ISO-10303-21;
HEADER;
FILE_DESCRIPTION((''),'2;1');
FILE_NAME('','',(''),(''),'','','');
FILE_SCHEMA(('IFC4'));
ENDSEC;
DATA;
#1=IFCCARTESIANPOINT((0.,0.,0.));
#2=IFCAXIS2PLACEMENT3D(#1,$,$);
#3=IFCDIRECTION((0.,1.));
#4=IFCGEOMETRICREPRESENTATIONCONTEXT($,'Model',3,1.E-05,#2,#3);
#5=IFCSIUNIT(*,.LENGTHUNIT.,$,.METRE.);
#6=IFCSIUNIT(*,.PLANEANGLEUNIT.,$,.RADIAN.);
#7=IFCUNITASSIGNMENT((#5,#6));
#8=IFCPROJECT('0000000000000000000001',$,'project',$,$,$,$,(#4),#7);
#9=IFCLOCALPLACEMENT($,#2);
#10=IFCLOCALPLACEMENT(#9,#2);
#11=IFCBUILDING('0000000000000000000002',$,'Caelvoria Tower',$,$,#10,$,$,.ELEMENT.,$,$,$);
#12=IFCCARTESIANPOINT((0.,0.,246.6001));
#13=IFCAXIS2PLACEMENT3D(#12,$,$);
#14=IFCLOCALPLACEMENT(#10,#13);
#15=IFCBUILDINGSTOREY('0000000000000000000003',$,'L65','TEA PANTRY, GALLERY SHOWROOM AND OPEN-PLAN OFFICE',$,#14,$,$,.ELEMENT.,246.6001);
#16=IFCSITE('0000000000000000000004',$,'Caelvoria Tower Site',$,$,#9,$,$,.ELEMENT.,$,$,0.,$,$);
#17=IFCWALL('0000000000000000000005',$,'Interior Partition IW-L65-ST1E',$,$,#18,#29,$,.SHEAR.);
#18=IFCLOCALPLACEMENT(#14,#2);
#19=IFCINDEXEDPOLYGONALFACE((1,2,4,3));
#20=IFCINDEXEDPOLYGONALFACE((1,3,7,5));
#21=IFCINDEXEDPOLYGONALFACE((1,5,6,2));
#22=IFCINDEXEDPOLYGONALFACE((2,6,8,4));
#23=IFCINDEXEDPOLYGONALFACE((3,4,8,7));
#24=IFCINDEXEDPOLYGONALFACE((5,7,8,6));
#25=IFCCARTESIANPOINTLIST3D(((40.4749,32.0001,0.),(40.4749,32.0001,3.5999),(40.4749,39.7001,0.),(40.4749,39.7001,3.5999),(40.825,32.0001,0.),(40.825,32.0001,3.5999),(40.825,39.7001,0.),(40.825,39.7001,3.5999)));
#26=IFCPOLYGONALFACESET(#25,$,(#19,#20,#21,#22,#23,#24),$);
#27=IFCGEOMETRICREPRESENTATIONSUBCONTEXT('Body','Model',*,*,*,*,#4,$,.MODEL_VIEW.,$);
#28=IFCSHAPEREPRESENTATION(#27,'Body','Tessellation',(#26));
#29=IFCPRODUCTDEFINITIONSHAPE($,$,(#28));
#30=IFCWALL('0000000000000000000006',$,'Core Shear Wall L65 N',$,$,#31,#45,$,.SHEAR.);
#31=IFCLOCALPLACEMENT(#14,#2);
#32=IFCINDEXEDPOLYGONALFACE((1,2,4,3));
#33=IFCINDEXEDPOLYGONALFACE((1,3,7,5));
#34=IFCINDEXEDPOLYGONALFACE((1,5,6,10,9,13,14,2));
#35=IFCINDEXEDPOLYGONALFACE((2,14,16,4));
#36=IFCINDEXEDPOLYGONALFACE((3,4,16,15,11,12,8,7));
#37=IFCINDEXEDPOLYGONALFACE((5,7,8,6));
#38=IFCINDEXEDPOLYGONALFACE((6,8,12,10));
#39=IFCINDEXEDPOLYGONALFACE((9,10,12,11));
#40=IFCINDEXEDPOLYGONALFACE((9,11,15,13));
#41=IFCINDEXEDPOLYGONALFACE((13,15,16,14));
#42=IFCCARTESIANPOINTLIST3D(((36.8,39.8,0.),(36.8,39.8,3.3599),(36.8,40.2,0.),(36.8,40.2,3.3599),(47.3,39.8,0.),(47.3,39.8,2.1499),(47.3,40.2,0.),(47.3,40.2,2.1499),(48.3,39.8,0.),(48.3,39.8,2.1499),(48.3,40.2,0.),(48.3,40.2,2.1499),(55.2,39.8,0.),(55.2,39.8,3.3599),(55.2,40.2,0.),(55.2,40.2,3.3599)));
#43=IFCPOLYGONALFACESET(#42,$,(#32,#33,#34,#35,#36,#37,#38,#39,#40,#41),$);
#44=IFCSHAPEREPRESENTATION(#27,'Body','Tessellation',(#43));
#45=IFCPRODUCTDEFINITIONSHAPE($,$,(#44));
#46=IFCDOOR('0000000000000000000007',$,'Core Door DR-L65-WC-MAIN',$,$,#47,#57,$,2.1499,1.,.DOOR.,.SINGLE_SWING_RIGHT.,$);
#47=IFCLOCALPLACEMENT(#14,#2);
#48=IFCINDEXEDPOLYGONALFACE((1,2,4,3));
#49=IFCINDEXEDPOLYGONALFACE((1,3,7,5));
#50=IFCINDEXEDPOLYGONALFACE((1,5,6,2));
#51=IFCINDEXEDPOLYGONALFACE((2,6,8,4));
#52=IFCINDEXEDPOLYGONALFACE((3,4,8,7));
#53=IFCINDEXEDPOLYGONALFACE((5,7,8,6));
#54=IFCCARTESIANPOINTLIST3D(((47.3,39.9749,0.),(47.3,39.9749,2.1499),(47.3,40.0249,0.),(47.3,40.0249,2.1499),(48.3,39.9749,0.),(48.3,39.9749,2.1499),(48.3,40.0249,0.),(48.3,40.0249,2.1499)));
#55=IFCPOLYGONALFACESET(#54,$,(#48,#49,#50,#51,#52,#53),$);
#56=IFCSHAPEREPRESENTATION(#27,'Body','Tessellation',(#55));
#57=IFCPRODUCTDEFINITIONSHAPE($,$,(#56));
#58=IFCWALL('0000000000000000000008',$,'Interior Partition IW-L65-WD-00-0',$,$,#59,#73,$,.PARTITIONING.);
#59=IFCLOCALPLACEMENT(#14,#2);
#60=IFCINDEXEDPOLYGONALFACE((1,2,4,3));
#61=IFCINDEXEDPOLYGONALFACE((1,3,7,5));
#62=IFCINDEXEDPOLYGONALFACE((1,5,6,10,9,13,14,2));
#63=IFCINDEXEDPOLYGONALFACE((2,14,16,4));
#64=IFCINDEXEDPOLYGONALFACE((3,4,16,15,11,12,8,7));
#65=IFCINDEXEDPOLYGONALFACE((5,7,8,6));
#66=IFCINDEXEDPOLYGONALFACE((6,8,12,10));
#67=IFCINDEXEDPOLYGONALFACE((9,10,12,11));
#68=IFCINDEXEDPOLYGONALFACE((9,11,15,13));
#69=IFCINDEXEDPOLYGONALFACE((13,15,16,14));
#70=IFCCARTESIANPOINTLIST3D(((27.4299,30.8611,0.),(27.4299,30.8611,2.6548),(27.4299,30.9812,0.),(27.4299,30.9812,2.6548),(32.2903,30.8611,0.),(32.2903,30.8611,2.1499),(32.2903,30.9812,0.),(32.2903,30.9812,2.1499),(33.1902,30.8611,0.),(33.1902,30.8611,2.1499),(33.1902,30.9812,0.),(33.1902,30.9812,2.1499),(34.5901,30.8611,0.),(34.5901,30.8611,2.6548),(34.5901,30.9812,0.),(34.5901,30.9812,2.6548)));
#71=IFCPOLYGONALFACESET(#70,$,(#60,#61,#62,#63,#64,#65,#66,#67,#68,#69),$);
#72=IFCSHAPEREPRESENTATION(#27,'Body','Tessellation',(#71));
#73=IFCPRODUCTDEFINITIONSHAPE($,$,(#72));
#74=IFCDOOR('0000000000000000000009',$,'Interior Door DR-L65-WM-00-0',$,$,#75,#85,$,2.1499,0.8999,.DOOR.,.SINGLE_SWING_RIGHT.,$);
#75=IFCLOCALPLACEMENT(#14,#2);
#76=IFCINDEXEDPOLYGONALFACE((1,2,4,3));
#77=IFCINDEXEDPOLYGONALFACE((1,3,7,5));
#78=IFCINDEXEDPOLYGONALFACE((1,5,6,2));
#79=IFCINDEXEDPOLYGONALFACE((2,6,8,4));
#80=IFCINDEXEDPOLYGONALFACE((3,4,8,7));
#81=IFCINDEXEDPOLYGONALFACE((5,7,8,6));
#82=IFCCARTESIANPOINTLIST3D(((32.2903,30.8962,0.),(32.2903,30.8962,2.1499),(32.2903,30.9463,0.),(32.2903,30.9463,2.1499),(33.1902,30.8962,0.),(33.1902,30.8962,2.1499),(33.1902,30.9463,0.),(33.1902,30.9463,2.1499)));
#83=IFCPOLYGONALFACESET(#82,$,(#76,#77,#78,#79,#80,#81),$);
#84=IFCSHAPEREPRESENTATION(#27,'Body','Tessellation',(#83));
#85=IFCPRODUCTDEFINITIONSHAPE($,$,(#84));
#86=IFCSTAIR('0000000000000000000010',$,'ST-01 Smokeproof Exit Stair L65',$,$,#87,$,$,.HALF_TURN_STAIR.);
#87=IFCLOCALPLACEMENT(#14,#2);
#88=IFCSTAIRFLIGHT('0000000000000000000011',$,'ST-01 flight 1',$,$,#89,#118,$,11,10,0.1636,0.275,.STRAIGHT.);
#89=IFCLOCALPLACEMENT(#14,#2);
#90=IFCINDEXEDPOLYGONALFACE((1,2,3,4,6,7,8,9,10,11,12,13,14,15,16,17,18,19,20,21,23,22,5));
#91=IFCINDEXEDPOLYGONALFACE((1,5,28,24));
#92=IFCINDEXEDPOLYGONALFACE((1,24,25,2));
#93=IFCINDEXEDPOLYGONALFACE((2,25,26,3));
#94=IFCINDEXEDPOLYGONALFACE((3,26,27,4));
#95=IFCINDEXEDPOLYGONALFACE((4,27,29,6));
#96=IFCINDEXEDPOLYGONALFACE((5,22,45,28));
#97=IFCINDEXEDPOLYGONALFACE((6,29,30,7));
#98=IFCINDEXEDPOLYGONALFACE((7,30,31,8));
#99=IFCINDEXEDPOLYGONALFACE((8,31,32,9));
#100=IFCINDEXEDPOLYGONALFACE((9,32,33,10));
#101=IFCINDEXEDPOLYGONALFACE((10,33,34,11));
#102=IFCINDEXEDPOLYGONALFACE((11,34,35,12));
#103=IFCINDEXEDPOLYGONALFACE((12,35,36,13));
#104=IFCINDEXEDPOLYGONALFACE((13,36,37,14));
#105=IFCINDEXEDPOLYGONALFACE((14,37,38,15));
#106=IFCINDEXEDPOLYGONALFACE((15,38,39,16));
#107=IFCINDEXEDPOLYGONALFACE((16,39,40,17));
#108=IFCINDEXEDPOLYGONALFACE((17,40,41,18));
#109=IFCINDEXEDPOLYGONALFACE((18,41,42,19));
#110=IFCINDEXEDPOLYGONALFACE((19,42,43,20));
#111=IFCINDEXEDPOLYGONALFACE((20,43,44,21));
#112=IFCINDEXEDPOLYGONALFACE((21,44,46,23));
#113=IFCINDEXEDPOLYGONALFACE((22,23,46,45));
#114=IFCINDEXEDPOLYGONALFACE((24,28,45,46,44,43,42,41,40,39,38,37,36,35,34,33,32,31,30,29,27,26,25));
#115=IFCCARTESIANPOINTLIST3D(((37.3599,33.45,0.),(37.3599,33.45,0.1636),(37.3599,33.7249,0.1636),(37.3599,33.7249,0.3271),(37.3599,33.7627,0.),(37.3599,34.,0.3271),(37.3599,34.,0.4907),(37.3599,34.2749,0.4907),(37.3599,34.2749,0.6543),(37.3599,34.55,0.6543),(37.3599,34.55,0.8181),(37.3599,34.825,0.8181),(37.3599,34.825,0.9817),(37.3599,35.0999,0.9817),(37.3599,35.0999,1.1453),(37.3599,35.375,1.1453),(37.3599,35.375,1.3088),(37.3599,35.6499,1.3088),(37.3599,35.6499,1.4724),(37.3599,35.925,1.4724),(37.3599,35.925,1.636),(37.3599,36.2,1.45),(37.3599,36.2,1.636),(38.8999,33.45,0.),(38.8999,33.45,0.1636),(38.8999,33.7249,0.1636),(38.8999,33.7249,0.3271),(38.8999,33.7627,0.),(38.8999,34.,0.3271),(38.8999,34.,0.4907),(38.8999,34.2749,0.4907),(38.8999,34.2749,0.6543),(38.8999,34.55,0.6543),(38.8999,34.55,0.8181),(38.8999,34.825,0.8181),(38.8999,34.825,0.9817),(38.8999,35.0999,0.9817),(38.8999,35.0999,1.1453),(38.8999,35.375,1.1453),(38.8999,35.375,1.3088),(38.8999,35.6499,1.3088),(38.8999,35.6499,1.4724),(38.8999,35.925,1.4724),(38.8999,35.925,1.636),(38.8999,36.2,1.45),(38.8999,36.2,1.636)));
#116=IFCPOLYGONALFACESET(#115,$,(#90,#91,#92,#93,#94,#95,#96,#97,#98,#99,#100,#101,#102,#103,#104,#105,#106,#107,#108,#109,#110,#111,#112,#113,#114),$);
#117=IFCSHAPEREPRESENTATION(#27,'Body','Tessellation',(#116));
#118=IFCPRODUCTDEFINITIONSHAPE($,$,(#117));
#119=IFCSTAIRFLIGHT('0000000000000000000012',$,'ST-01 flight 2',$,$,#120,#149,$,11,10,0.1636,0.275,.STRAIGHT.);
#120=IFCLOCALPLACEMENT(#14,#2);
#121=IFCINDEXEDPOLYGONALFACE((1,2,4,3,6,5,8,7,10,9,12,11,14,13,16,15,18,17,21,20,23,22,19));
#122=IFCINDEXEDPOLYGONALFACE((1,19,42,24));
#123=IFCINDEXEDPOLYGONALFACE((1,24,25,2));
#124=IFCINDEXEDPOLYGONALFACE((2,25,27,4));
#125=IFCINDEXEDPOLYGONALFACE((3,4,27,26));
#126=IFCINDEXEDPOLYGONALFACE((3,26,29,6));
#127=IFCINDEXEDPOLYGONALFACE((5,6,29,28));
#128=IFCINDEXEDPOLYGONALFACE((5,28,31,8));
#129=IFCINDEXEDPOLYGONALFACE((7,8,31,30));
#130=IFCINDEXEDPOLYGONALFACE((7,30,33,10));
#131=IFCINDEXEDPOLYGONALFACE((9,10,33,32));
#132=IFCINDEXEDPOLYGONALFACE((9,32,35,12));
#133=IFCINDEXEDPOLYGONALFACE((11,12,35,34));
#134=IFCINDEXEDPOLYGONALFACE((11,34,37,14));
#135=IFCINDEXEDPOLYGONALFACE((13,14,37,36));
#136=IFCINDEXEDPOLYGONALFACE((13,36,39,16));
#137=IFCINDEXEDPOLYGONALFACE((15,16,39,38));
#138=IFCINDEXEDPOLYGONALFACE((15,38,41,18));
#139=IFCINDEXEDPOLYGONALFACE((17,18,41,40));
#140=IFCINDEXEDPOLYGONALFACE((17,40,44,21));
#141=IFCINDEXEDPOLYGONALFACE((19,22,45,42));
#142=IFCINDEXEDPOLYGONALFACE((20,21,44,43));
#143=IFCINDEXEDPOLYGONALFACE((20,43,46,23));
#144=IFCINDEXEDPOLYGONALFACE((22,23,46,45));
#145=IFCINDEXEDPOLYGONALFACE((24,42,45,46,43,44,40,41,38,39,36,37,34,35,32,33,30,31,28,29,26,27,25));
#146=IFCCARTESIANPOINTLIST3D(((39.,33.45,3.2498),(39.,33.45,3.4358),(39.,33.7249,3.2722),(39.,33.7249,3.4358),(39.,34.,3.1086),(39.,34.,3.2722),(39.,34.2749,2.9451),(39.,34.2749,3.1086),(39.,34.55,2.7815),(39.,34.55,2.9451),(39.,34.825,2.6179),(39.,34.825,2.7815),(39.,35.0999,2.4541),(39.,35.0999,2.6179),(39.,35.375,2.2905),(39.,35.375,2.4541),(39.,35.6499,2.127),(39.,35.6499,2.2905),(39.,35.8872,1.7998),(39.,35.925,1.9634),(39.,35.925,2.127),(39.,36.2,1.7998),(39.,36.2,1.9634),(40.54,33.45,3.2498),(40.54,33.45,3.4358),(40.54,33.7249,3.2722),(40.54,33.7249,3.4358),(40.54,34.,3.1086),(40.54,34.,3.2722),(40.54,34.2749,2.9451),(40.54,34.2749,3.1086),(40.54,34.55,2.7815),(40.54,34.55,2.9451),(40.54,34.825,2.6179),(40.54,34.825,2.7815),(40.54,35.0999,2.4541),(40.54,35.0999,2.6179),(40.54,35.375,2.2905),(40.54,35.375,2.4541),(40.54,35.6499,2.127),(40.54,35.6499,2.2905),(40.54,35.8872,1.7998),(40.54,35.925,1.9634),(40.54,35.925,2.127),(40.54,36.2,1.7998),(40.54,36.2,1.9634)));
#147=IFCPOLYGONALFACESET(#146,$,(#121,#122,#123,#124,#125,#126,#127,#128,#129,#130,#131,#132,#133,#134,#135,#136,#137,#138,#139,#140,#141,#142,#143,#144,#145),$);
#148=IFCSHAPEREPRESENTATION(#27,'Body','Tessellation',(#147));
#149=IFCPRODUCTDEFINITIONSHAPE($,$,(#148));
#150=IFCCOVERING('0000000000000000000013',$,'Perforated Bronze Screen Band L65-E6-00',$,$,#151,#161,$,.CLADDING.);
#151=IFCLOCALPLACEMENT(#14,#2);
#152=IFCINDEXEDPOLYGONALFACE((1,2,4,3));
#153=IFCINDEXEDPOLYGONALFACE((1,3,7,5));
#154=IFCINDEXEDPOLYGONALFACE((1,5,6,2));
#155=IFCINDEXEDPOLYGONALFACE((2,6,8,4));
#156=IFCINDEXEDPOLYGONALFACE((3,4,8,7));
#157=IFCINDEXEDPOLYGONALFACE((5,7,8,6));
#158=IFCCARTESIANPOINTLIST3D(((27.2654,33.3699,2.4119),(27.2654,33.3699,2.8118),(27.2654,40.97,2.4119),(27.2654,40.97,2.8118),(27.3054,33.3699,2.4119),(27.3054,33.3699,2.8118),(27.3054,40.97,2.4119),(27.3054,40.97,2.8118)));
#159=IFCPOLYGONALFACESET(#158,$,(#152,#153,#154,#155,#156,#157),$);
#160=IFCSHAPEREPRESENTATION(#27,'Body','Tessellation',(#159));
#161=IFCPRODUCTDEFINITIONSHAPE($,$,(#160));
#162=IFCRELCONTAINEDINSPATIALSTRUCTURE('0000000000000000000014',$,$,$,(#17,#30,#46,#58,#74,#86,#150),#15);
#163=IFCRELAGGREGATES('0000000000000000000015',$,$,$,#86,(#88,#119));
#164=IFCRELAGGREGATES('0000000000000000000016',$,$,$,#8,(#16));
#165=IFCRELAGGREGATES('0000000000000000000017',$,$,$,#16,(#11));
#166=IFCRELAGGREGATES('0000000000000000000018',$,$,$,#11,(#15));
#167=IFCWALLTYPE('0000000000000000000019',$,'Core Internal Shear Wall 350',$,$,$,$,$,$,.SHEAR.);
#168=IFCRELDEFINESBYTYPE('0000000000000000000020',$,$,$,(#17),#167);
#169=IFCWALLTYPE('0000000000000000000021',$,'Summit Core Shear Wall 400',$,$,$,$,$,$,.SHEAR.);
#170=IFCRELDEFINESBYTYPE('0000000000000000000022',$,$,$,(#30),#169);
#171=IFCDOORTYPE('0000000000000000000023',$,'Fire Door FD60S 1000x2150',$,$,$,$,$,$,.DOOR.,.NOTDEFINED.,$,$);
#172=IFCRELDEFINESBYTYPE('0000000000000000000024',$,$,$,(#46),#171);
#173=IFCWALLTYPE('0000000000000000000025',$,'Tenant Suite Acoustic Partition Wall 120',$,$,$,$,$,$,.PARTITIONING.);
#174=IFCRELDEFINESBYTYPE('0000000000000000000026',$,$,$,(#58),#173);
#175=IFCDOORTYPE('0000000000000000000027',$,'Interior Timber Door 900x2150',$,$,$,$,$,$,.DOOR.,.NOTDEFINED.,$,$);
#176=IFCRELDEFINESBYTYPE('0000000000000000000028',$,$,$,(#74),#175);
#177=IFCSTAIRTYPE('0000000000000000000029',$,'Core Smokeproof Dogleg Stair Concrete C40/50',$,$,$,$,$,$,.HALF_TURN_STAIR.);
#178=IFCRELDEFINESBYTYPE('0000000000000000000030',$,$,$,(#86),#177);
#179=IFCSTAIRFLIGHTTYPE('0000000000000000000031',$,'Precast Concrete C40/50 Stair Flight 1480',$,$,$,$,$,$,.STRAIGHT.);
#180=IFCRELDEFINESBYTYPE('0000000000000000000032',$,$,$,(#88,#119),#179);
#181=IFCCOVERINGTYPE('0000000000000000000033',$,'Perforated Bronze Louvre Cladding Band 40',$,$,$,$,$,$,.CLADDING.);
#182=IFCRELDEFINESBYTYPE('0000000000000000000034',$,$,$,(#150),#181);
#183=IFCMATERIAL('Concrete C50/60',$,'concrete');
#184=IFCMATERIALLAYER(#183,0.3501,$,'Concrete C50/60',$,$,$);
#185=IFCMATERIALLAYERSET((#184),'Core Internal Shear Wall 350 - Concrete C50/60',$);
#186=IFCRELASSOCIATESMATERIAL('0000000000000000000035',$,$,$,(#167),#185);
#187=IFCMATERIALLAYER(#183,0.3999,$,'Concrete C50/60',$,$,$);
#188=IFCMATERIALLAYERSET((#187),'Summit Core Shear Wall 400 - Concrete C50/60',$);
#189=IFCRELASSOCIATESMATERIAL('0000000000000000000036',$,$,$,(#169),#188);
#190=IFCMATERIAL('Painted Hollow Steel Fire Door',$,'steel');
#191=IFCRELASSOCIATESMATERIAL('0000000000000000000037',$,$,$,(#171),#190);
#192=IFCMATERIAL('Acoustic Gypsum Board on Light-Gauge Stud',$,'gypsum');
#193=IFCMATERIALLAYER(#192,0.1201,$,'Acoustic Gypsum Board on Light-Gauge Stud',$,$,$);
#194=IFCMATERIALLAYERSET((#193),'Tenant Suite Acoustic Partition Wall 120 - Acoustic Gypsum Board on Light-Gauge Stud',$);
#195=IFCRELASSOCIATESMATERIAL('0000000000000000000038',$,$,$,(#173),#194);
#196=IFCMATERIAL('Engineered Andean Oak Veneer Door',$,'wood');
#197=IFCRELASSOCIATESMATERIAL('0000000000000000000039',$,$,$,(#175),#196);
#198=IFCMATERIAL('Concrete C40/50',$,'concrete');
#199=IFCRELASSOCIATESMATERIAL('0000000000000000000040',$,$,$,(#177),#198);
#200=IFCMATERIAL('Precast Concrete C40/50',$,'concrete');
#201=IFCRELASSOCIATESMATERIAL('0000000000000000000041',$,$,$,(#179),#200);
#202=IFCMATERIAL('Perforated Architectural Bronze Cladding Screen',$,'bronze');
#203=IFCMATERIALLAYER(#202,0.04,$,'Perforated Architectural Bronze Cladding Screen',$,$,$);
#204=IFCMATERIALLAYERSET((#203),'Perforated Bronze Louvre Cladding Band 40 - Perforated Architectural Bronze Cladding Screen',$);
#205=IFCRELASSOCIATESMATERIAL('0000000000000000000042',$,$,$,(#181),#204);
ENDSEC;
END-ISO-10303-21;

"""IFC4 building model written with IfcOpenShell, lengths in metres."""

from ifc_helpers import new_model, si_unit, direction, frame, frame_2d, origin, origin_2d, place, context, subcontext, project, spatial, polyline, rectangle, outline, extrude, material, layer, layer_set, type_object, element, fill, aggregate, save


model = new_model("IFC4")

# Units and contexts
model_context = context("Model", 3, precision=1e-05, world=origin(), true_north=direction((0.0, 1.0)))
body_context = subcontext(model_context, "Body", "Model", "MODEL_VIEW")
ifc_project = project(units=[si_unit("LENGTHUNIT", "METRE"), si_unit("PLANEANGLEUNIT", "RADIAN")], contexts=[model_context])

# Site, building, storey
site_placement = place(None, origin())
site = spatial("IfcSite", under=ifc_project, at=site_placement, Name="Caelvoria Tower Site", CompositionType="ELEMENT", RefElevation=0.0)
building_placement = place(site_placement, origin())
building = spatial("IfcBuilding", under=site, at=building_placement, Name="Caelvoria Tower", CompositionType="ELEMENT")
storey_placement = place(building_placement, frame((0.0, 0.0, 246.6001)))
storey = spatial("IfcBuildingStorey", under=building, at=storey_placement, Name="L65", Description="TEA PANTRY, GALLERY SHOWROOM AND OPEN-PLAN OFFICE", CompositionType="ELEMENT", Elevation=246.6001)

# Shared definitions
ifc_material_1 = material(Name="Concrete C50/60", Category="concrete")
ifc_layer_1 = layer(ifc_material_1, 0.3501, Name="Concrete C50/60")
ifc_layer_set_1 = layer_set([ifc_layer_1], Name="Core Internal Shear Wall 350 - Concrete C50/60")
wall_type_1 = type_object("IfcWallType", Name="Core Internal Shear Wall 350", PredefinedType="SHEAR", material=ifc_layer_set_1)
ifc_material_2 = material(Name="Painted Hollow Steel Fire Door", Category="steel")

# Wall
wall_1_placement = place(storey_placement, frame((40.6499, 32.0, 0.0), z_axis=(0.0, 0.0, 1.0), x_axis=(0.0, 1.0, 0.0)))
element("IfcWall", 1, at=wall_1_placement, inside=storey, type_object=wall_type_1, Name="Interior Partition IW-L65-ST1E", PredefinedType="SHEAR", context=body_context, shape_type="SweptSolid", body=[
    extrude(rectangle(XDim=7.7, YDim=0.3501, at=frame_2d((3.8501, 0.0))), origin(), (0.0, 0.0, 1.0), 3.5999),
])

# Walls, openings, doors
ifc_layer_2 = layer(ifc_material_1, 0.3999, Name="Concrete C50/60")
ifc_layer_set_2 = layer_set([ifc_layer_2], Name="Summit Core Shear Wall 400 - Concrete C50/60")
wall_type_2 = type_object("IfcWallType", Name="Summit Core Shear Wall 400", PredefinedType="SHEAR", material=ifc_layer_set_2)
wall_2_placement = place(storey_placement, frame((36.8, 40.0, 0.0), z_axis=(0.0, 0.0, 1.0), x_axis=(1.0, 0.0, 0.0)))
wall_2 = element("IfcWall", 2, at=wall_2_placement, inside=storey, type_object=wall_type_2, Name="Core Shear Wall L65 N", PredefinedType="SHEAR", context=body_context, shape_type="SweptSolid", body=[
    extrude(rectangle(XDim=18.3999, YDim=0.3999, at=frame_2d((9.2, 0.0))), origin(), (0.0, 0.0, 1.0), 3.3599),
])
opening_1_placement = place(wall_2_placement, frame((10.5, 0.0, 0.0)))
opening_1 = element("IfcOpeningElement", 3, at=opening_1_placement, cuts=wall_2, PredefinedType="OPENING", context=body_context, shape_type="SweptSolid", body=[
    extrude(rectangle(XDim=1.0, YDim=2.1499, at=frame_2d((0.5, 1.075))), frame((0.0, 0.21, 0.0), z_axis=(0.0, -1.0, 0.0), x_axis=(1.0, 0.0, 0.0)), (0.0, 0.0, 1.0), 0.4199),
])
door_type_1 = type_object("IfcDoorType", Name="Fire Door FD60S 1000x2150", OperationType="NOTDEFINED", PredefinedType="DOOR", material=ifc_material_2)
door_1_placement = place(opening_1_placement, origin())
door_1 = element("IfcDoor", 4, at=door_1_placement, inside=storey, type_object=door_type_1, Name="Core Door DR-L65-WC-MAIN", OperationType="SINGLE_SWING_RIGHT", OverallHeight=2.1499, OverallWidth=1.0, PredefinedType="DOOR", context=body_context, shape_type="SweptSolid", body=[
    extrude(rectangle(XDim=1.0, YDim=2.1499, at=frame_2d((0.5, 1.075))), frame((0.0, 0.0249, 0.0), z_axis=(0.0, -1.0, 0.0), x_axis=(1.0, 0.0, 0.0)), (0.0, 0.0, 1.0), 0.05),
])
fill(opening_1, door_1)
ifc_material_3 = material(Name="Acoustic Gypsum Board on Light-Gauge Stud", Category="gypsum")
ifc_layer_3 = layer(ifc_material_3, 0.1201, Name="Acoustic Gypsum Board on Light-Gauge Stud")
ifc_layer_set_3 = layer_set([ifc_layer_3], Name="Tenant Suite Acoustic Partition Wall 120 - Acoustic Gypsum Board on Light-Gauge Stud")
wall_type_3 = type_object("IfcWallType", Name="Tenant Suite Acoustic Partition Wall 120", PredefinedType="PARTITIONING", material=ifc_layer_set_3)
wall_3_placement = place(storey_placement, frame((34.5901, 30.9211, 0.0), z_axis=(0.0, 0.0, 1.0), x_axis=(-1.0, 0.0, 0.0)))
wall_3 = element("IfcWall", 5, at=wall_3_placement, inside=storey, type_object=wall_type_3, Name="Interior Partition IW-L65-WD-00-0", PredefinedType="PARTITIONING", context=body_context, shape_type="SweptSolid", body=[
    extrude(rectangle(XDim=7.1602, YDim=0.1201, at=frame_2d((3.5801, 0.0))), origin(), (0.0, 0.0, 1.0), 2.6548),
])
opening_2_placement = place(wall_3_placement, frame((1.3999, 0.0, 0.0)))
opening_2 = element("IfcOpeningElement", 6, at=opening_2_placement, cuts=wall_3, PredefinedType="OPENING", context=body_context, shape_type="SweptSolid", body=[
    extrude(rectangle(XDim=0.8999, YDim=2.1499, at=frame_2d((0.45, 1.075))), frame((0.0, 0.0701, 0.0), z_axis=(0.0, -1.0, 0.0), x_axis=(1.0, 0.0, 0.0)), (0.0, 0.0, 1.0), 0.1401),
])
ifc_material_4 = material(Name="Engineered Andean Oak Veneer Door", Category="wood")
door_type_2 = type_object("IfcDoorType", Name="Interior Timber Door 900x2150", OperationType="NOTDEFINED", PredefinedType="DOOR", material=ifc_material_4)
door_2_placement = place(opening_2_placement, origin())
door_2 = element("IfcDoor", 7, at=door_2_placement, inside=storey, type_object=door_type_2, Name="Interior Door DR-L65-WM-00-0", OperationType="SINGLE_SWING_RIGHT", OverallHeight=2.1499, OverallWidth=0.8999, PredefinedType="DOOR", context=body_context, shape_type="SweptSolid", body=[
    extrude(rectangle(XDim=0.8999, YDim=2.1499, at=frame_2d((0.45, 1.075))), frame((0.0, 0.0249, 0.0), z_axis=(0.0, -1.0, 0.0), x_axis=(1.0, 0.0, 0.0)), (0.0, 0.0, 1.0), 0.05),
])
fill(opening_2, door_2)

# Stair, stair flights
ifc_material_5 = material(Name="Concrete C40/50", Category="concrete")
stair_type = type_object("IfcStairType", Name="Core Smokeproof Dogleg Stair Concrete C40/50", PredefinedType="HALF_TURN_STAIR", material=ifc_material_5)
stair_placement = place(storey_placement, origin())
stair = element("IfcStair", 8, at=stair_placement, inside=storey, type_object=stair_type, Name="ST-01 Smokeproof Exit Stair L65", PredefinedType="HALF_TURN_STAIR")
ifc_material_6 = material(Name="Precast Concrete C40/50", Category="concrete")
stair_flight_type = type_object("IfcStairFlightType", Name="Precast Concrete C40/50 Stair Flight 1480", PredefinedType="STRAIGHT", material=ifc_material_6)
stair_flight_1_placement = place(storey_placement, frame((38.1299, 33.45, 0.0), z_axis=(0.0, 0.0, 1.0), x_axis=(0.0, 1.0, 0.0)))
stair_flight_1 = element("IfcStairFlight", 9, at=stair_flight_1_placement, type_object=stair_flight_type, Name="ST-01 flight 1", NumberOfRisers=11, NumberOfTreads=10, PredefinedType="STRAIGHT", RiserHeight=0.1636, TreadLength=0.275, context=body_context, shape_type="SweptSolid", body=[
    extrude(outline(polyline([(0.0, 0.0), (0.0, 0.1636), (0.2749, 0.1636), (0.2749, 0.3271), (0.55, 0.3271), (0.55, 0.4907), (0.825, 0.4907), (0.825, 0.6543), (1.1001, 0.6543), (1.1001, 0.8181), (1.375, 0.8181), (1.375, 0.9817), (1.6499, 0.9817), (1.6499, 1.1453), (1.925, 1.1453), (1.925, 1.3088), (2.2, 1.3088), (2.2, 1.4724), (2.4751, 1.4724), (2.4751, 1.636), (2.75, 1.636), (2.75, 1.7996), (2.75, 1.45), (0.3127, 0.0), (0.0, 0.0)])), frame((0.0, 0.77, 0.0), z_axis=(0.0, -1.0, 0.0), x_axis=(1.0, 0.0, 0.0)), (0.0, 0.0, 1.0), 1.54),
])
stair_flight_2_placement = place(storey_placement, frame((39.77, 36.2, 1.7998), z_axis=(0.0, 0.0, 1.0), x_axis=(0.0, -1.0, 0.0)))
stair_flight_2 = element("IfcStairFlight", 10, at=stair_flight_2_placement, type_object=stair_flight_type, Name="ST-01 flight 2", NumberOfRisers=11, NumberOfTreads=10, PredefinedType="STRAIGHT", RiserHeight=0.1636, TreadLength=0.275, context=body_context, shape_type="SweptSolid", body=[
    extrude(outline(polyline([(0.0, 0.0), (0.0, 0.1636), (0.2749, 0.1636), (0.2749, 0.3271), (0.55, 0.3271), (0.55, 0.4907), (0.825, 0.4907), (0.825, 0.6543), (1.1001, 0.6543), (1.1001, 0.8181), (1.375, 0.8181), (1.375, 0.9817), (1.6499, 0.9817), (1.6499, 1.1453), (1.925, 1.1453), (1.925, 1.3088), (2.2, 1.3088), (2.2, 1.4724), (2.4751, 1.4724), (2.4751, 1.636), (2.75, 1.636), (2.75, 1.7996), (2.75, 1.45), (0.3127, 0.0), (0.0, 0.0)])), frame((0.0, 0.77, 0.0), z_axis=(0.0, -1.0, 0.0), x_axis=(1.0, 0.0, 0.0)), (0.0, 0.0, 1.0), 1.54),
])
aggregate(stair, [stair_flight_1, stair_flight_2])

# Covering
ifc_material_7 = material(Name="Perforated Architectural Bronze Cladding Screen", Category="bronze")
ifc_layer_4 = layer(ifc_material_7, 0.04, Name="Perforated Architectural Bronze Cladding Screen")
ifc_layer_set_4 = layer_set([ifc_layer_4], Name="Perforated Bronze Louvre Cladding Band 40 - Perforated Architectural Bronze Cladding Screen")
covering_type = type_object("IfcCoveringType", Name="Perforated Bronze Louvre Cladding Band 40", PredefinedType="CLADDING", material=ifc_layer_set_4)
covering_placement = place(storey_placement, frame((27.2854, 37.1699, 2.4119), z_axis=(0.0, 0.0, 1.0), x_axis=(0.0, -1.0, 0.0)))
element("IfcCovering", 11, at=covering_placement, inside=storey, type_object=covering_type, Name="Perforated Bronze Screen Band L65-E6-00", PredefinedType="CLADDING", context=body_context, shape_type="SweptSolid", body=[
    extrude(rectangle(XDim=7.6001, YDim=0.04, at=origin_2d()), origin(), (0.0, 0.0, 1.0), 0.3999),
])

save(model, "model.ifc")
